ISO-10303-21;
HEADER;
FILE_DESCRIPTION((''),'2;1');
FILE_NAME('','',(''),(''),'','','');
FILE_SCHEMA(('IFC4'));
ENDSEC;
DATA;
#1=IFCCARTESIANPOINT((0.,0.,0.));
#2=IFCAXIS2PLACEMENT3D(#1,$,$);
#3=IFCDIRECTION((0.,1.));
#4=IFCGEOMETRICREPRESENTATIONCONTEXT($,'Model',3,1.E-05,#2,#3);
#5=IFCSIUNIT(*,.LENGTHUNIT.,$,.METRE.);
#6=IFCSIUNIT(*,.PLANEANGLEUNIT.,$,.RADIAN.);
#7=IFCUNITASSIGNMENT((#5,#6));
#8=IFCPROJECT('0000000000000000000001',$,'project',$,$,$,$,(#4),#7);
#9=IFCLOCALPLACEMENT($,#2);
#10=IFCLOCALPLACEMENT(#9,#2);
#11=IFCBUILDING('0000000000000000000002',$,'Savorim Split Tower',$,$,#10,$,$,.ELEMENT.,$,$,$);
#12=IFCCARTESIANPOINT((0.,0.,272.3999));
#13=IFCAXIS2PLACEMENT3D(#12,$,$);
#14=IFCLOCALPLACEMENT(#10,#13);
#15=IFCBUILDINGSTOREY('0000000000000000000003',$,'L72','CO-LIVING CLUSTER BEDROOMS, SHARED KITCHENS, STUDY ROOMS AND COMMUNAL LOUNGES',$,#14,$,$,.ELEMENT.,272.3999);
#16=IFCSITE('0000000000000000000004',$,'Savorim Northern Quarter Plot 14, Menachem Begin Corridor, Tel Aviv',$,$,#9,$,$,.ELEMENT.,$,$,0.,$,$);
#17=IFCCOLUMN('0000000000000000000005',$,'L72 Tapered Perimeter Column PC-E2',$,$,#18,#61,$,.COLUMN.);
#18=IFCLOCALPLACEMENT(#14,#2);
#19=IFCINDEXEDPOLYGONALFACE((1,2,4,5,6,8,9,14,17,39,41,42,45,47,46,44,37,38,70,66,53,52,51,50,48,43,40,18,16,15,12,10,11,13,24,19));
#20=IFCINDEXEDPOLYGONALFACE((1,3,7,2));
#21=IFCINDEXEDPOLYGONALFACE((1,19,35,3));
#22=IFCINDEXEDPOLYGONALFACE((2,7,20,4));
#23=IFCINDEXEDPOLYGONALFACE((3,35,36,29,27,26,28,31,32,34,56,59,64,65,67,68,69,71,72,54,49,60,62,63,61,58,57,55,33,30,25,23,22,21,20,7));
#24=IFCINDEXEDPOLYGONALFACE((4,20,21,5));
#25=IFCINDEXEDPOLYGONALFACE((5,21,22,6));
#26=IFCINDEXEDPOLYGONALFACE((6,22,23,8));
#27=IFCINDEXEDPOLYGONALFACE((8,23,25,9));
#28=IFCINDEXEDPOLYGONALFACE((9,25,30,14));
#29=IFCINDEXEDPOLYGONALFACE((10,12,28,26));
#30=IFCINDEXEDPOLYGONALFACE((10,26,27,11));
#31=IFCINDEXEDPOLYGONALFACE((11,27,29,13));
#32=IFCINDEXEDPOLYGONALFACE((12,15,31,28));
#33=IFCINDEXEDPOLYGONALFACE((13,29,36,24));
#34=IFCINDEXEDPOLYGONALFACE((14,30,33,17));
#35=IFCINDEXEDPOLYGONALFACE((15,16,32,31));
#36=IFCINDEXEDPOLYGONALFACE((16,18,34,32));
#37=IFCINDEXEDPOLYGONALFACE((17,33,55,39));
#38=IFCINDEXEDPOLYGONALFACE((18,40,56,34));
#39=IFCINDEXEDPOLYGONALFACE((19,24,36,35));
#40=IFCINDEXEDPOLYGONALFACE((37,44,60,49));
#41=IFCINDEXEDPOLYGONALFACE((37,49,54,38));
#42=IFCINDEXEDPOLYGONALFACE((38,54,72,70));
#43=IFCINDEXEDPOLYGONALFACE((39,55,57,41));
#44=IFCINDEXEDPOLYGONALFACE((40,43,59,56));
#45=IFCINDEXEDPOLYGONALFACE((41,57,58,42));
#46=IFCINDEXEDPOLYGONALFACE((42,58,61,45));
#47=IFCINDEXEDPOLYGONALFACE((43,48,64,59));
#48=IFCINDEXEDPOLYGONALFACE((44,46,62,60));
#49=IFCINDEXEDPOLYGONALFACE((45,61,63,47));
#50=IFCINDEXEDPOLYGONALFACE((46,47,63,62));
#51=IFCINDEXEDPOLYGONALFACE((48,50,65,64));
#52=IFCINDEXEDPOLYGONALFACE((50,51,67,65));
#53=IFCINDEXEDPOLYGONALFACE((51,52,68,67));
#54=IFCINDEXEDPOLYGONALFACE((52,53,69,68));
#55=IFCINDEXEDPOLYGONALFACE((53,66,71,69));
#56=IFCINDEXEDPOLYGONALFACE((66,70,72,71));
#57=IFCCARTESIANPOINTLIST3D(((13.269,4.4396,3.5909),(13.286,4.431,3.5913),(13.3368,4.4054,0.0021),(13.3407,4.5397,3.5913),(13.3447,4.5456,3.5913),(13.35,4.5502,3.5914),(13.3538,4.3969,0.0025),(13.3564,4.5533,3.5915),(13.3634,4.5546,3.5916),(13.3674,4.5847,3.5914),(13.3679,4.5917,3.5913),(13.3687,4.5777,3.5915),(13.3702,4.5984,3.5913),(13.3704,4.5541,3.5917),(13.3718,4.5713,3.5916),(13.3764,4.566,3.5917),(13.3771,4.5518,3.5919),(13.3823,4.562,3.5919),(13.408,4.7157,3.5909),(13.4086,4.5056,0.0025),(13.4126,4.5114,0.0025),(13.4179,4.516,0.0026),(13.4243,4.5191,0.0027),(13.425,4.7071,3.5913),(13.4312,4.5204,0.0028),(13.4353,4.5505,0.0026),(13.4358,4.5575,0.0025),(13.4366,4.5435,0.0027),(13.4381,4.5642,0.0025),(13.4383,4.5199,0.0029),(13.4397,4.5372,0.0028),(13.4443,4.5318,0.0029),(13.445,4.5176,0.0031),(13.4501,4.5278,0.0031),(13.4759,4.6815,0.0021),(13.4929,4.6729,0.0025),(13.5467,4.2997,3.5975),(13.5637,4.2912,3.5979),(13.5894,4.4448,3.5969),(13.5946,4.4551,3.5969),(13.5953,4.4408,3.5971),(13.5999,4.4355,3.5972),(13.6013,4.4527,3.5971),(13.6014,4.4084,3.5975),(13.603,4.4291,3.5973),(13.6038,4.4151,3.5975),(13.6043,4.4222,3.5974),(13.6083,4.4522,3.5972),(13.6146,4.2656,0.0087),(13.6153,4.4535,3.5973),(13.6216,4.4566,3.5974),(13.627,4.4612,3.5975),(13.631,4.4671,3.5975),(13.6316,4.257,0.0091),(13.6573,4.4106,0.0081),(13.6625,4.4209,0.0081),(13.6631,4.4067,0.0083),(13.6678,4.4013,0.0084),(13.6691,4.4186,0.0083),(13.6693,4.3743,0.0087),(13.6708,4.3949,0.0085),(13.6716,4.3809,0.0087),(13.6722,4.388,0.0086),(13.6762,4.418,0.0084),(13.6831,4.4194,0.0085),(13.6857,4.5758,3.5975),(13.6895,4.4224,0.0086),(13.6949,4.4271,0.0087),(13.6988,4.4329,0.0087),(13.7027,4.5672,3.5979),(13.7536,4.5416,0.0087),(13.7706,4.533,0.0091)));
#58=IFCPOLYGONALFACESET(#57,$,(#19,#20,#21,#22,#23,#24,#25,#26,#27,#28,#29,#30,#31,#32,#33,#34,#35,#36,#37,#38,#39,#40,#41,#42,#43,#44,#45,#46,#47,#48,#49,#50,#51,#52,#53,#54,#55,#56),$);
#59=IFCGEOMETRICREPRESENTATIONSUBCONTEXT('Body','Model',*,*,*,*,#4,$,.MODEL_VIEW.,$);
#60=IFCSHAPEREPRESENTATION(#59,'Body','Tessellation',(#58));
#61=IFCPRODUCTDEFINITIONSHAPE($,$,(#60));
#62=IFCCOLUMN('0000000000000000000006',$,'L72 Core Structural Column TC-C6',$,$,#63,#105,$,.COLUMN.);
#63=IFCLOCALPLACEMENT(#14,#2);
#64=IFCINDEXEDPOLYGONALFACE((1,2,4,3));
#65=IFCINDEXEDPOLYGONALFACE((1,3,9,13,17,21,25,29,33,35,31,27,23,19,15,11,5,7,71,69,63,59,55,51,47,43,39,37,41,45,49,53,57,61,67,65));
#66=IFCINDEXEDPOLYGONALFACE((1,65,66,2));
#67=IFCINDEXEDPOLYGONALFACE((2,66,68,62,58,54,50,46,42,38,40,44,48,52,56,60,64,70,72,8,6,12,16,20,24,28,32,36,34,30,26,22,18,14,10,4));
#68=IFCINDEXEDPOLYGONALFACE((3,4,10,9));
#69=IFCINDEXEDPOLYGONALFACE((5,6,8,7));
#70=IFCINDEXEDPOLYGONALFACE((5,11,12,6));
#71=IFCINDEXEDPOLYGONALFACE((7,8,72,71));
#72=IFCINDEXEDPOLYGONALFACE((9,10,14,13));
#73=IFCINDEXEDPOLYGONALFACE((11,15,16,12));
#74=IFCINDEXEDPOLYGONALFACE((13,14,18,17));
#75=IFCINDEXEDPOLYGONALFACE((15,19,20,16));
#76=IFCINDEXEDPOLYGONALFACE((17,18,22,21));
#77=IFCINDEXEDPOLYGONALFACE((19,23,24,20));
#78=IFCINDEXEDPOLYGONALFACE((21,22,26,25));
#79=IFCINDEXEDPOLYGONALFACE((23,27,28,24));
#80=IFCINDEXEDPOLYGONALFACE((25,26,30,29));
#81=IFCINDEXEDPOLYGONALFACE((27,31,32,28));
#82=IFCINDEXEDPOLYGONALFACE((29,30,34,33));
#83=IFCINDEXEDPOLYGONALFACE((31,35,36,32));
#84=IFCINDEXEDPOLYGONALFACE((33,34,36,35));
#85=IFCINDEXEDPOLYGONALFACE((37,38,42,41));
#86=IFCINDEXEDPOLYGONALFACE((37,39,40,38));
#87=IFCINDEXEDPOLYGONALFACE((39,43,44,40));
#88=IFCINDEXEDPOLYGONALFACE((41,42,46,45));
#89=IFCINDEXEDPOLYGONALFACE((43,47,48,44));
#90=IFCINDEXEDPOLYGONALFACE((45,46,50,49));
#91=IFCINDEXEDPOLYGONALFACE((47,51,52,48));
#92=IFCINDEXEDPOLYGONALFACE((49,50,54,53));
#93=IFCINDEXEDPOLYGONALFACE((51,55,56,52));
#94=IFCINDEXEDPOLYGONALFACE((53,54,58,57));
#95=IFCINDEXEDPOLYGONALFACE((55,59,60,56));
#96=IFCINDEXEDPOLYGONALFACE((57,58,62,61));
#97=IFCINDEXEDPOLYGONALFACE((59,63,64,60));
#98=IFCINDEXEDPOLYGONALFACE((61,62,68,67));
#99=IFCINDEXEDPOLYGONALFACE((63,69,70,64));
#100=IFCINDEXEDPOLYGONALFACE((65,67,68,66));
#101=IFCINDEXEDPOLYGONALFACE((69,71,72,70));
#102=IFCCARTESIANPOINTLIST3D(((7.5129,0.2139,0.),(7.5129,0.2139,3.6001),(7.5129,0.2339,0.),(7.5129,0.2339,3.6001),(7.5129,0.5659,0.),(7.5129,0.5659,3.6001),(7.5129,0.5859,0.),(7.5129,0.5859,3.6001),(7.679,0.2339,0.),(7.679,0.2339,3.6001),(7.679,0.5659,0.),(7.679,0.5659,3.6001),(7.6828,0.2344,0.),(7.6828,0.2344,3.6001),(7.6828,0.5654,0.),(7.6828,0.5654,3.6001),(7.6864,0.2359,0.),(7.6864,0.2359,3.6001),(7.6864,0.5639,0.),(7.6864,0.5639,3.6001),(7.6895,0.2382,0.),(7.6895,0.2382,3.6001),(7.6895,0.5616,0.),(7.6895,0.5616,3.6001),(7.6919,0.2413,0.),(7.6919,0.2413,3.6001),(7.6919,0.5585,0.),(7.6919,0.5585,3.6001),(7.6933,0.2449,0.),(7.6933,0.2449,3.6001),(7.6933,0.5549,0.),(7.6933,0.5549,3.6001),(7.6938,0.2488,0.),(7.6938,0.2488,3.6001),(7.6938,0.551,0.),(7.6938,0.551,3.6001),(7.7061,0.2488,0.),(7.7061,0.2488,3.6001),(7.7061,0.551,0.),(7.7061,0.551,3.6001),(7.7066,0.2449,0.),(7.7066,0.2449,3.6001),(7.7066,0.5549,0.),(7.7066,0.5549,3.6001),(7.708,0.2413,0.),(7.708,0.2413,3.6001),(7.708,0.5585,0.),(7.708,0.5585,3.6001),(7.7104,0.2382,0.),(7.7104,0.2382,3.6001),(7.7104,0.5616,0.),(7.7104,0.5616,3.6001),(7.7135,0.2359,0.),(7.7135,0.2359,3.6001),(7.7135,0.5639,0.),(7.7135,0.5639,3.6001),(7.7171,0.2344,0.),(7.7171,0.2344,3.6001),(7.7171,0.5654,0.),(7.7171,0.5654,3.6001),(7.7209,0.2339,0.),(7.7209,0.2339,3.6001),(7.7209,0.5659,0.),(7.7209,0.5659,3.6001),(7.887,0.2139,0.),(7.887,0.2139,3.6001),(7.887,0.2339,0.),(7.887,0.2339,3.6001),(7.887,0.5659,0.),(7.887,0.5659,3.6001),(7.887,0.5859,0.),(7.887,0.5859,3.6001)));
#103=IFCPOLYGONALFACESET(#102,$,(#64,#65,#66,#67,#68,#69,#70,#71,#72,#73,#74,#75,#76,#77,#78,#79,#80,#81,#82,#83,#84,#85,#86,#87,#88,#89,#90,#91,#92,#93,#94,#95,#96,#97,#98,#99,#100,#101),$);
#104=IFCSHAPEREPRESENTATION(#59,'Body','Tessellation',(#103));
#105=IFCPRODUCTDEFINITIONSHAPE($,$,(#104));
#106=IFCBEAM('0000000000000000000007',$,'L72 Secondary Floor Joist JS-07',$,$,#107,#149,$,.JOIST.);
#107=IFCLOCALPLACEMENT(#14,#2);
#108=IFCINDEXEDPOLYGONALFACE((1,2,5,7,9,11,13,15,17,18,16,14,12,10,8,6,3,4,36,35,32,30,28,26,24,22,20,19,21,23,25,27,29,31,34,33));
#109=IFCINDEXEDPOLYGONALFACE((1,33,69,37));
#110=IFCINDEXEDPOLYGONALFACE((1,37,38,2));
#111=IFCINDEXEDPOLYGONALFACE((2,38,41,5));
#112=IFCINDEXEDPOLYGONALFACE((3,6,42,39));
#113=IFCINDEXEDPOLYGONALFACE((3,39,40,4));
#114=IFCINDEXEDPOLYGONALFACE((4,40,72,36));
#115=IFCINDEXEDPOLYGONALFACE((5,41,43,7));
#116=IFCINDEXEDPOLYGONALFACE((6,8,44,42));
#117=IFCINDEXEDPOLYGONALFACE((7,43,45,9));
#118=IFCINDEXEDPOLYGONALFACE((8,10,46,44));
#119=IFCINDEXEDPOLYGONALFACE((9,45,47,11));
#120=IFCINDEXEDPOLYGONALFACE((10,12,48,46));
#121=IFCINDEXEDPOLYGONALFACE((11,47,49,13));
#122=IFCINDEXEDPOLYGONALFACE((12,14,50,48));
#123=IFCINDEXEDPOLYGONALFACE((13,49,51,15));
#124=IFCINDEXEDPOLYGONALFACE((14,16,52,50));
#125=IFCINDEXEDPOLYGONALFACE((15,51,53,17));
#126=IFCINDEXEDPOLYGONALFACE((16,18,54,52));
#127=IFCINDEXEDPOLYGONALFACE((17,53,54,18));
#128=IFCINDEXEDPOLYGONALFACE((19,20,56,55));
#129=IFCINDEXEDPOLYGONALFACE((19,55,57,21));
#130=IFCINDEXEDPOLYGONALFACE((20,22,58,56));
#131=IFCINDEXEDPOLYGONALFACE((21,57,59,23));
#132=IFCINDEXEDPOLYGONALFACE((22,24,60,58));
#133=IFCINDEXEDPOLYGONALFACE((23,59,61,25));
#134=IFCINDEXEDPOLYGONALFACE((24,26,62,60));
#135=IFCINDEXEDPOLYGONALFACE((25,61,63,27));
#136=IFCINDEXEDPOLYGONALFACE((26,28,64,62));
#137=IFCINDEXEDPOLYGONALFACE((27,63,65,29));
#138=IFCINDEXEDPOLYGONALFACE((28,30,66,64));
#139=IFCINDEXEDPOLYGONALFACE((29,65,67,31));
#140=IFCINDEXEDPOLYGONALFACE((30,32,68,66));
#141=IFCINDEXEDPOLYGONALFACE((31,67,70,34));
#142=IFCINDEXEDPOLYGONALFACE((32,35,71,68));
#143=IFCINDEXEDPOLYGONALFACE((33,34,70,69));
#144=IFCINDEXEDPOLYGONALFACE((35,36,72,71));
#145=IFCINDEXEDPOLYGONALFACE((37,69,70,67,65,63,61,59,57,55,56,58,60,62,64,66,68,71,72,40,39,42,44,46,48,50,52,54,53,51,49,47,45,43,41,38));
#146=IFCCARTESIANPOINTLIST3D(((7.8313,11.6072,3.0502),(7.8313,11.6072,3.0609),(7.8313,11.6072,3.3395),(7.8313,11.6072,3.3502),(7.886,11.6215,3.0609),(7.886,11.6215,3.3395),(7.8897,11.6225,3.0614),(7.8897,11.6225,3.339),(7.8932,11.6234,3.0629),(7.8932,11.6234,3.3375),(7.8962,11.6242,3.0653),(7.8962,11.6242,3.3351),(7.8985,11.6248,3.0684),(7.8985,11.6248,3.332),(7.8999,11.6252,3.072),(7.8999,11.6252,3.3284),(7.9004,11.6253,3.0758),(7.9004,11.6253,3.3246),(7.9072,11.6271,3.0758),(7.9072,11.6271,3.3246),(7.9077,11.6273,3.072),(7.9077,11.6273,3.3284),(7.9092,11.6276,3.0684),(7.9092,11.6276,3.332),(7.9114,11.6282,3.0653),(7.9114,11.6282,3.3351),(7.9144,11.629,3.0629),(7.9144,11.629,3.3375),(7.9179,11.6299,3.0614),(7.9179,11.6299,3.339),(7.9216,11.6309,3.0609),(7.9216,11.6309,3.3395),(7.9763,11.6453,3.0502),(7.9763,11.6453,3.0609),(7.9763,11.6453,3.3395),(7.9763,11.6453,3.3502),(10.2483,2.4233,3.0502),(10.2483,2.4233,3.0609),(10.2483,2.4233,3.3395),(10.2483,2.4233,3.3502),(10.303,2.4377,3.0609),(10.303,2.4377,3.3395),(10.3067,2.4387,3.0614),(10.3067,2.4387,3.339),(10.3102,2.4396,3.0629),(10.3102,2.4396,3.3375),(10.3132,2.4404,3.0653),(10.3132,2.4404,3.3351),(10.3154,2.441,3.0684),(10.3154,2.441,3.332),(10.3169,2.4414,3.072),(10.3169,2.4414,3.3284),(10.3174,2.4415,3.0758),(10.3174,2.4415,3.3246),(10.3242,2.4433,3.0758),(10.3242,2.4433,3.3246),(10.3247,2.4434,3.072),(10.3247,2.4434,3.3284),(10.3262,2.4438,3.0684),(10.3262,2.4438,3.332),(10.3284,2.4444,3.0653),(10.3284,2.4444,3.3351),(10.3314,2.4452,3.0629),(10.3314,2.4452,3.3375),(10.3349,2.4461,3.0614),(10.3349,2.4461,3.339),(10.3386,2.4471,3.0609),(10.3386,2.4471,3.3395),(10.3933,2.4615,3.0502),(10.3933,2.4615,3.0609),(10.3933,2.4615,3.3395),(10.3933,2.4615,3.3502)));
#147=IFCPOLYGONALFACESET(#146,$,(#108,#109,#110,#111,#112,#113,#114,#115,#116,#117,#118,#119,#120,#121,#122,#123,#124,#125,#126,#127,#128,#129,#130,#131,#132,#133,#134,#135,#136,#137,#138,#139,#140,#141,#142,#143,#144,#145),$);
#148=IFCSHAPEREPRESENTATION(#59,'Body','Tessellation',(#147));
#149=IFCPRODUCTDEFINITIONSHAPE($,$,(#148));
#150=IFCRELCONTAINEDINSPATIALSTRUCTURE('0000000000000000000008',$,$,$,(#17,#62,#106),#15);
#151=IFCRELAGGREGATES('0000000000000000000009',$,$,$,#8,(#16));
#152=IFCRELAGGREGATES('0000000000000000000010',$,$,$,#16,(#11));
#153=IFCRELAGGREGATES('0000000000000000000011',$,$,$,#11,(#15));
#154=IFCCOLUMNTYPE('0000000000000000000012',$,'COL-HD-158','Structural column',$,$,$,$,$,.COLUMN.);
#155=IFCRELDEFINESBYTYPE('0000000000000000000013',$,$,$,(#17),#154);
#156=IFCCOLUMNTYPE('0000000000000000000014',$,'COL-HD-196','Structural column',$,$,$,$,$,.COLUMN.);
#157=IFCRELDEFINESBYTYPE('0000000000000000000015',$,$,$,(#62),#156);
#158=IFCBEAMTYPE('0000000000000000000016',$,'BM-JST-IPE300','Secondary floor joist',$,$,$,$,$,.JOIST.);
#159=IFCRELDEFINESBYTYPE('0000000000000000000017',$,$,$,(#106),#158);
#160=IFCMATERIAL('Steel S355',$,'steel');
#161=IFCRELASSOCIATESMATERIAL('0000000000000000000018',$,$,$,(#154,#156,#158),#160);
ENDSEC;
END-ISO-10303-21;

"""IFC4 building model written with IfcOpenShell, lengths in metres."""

from ifc_helpers import new_model, si_unit, direction, frame, origin, origin_2d, place, context, subcontext, project, spatial, i_section, extrude, material, material_profile, profile_set, type_object, element, save


model = new_model("IFC4")

# Units and contexts
model_context = context("Model", 3, precision=1e-05, world=origin(), true_north=direction((0.0, 1.0)))
body_context = subcontext(model_context, "Body", "Model", "MODEL_VIEW")
ifc_project = project(units=[si_unit("LENGTHUNIT", "METRE"), si_unit("PLANEANGLEUNIT", "RADIAN")], contexts=[model_context])

# Site, building, storey
site_placement = place(None, origin())
site = spatial("IfcSite", under=ifc_project, at=site_placement, Name="Savorim Northern Quarter Plot 14, Menachem Begin Corridor, Tel Aviv", CompositionType="ELEMENT", RefElevation=0.0)
building_placement = place(site_placement, origin())
building = spatial("IfcBuilding", under=site, at=building_placement, Name="Savorim Split Tower", CompositionType="ELEMENT")
storey_placement = place(building_placement, frame((0.0, 0.0, 272.3999)))
storey = spatial("IfcBuildingStorey", under=building, at=storey_placement, Name="L72", Description="CO-LIVING CLUSTER BEDROOMS, SHARED KITCHENS, STUDY ROOMS AND COMMUNAL LOUNGES", CompositionType="ELEMENT", Elevation=272.3999)

# Columns
ifc_material_1 = material(Name="Steel S355", Category="steel")
ifc_material_profile_1 = material_profile(ifc_material_1, i_section(OverallWidth=0.3091, OverallDepth=0.3301, WebThickness=0.0115, FlangeThickness=0.019, FilletRadius=0.0271, at=origin_2d()), Name="HD 320x158")
ifc_profile_set_1 = profile_set([ifc_material_profile_1], Name="Steel S355")
column_type_1 = type_object("IfcColumnType", Name="COL-HD-158", Description="Structural column", PredefinedType="COLUMN", material=ifc_profile_set_1)
column_1_placement = place(storey_placement, frame((13.5537, 4.4692, 0.0056), z_axis=(-0.018907, 0.009522, 0.999776), x_axis=(-0.449782, -0.893138, 0.0)))
element("IfcColumn", 1, at=column_1_placement, inside=storey, type_object=column_type_1, Name="L72 Tapered Perimeter Column PC-E2", PredefinedType="COLUMN", context=body_context, shape_type="SweptSolid", body=[
    extrude(i_section(OverallWidth=0.3091, OverallDepth=0.3301, WebThickness=0.0115, FlangeThickness=0.019, FilletRadius=0.0271, at=origin_2d()), origin(), (0.0, 0.0, 1.0), 3.5896),
])
ifc_material_profile_2 = material_profile(ifc_material_1, i_section(OverallWidth=0.374, OverallDepth=0.3721, WebThickness=0.0122, FlangeThickness=0.02, FilletRadius=0.0149, at=origin_2d()), Name="HD 360x196")
ifc_profile_set_2 = profile_set([ifc_material_profile_2], Name="Steel S355")
column_type_2 = type_object("IfcColumnType", Name="COL-HD-196", Description="Structural column", PredefinedType="COLUMN", material=ifc_profile_set_2)
column_2_placement = place(storey_placement, frame((7.7, 0.3999, 0.0), z_axis=(0.0, 0.0, 1.0), x_axis=(1.0, 0.0, 0.0)))
element("IfcColumn", 2, at=column_2_placement, inside=storey, type_object=column_type_2, Name="L72 Core Structural Column TC-C6", PredefinedType="COLUMN", context=body_context, shape_type="SweptSolid", body=[
    extrude(i_section(OverallWidth=0.374, OverallDepth=0.3721, WebThickness=0.0122, FlangeThickness=0.02, FilletRadius=0.0149, at=origin_2d()), origin(), (0.0, 0.0, 1.0), 3.6001),
])

# Beam
ifc_material_profile_3 = material_profile(ifc_material_1, i_section(OverallWidth=0.1499, OverallDepth=0.3, WebThickness=0.0071, FlangeThickness=0.0107, FilletRadius=0.0149, at=origin_2d()), Name="IPE 300")
ifc_profile_set_3 = profile_set([ifc_material_profile_3], Name="Steel S355")
beam_type_1 = type_object("IfcBeamType", Name="BM-JST-IPE300", Description="Secondary floor joist", PredefinedType="JOIST", material=ifc_profile_set_3)
beam_1_placement = place(storey_placement, frame((10.3208, 2.4424, 3.2002), z_axis=(-0.254512, 0.96707, 0.0), x_axis=(-0.96707, -0.254512, 0.0)))
element("IfcBeam", 3, at=beam_1_placement, inside=storey, type_object=beam_type_1, Name="L72 Secondary Floor Joist JS-07", PredefinedType="JOIST", context=body_context, shape_type="SweptSolid", body=[
    extrude(i_section(OverallWidth=0.1499, OverallDepth=0.3, WebThickness=0.0071, FlangeThickness=0.0107, FilletRadius=0.0149, at=origin_2d()), origin(), (0.0, 0.0, 1.0), 9.4966),
])

save(model, "model.ifc")
